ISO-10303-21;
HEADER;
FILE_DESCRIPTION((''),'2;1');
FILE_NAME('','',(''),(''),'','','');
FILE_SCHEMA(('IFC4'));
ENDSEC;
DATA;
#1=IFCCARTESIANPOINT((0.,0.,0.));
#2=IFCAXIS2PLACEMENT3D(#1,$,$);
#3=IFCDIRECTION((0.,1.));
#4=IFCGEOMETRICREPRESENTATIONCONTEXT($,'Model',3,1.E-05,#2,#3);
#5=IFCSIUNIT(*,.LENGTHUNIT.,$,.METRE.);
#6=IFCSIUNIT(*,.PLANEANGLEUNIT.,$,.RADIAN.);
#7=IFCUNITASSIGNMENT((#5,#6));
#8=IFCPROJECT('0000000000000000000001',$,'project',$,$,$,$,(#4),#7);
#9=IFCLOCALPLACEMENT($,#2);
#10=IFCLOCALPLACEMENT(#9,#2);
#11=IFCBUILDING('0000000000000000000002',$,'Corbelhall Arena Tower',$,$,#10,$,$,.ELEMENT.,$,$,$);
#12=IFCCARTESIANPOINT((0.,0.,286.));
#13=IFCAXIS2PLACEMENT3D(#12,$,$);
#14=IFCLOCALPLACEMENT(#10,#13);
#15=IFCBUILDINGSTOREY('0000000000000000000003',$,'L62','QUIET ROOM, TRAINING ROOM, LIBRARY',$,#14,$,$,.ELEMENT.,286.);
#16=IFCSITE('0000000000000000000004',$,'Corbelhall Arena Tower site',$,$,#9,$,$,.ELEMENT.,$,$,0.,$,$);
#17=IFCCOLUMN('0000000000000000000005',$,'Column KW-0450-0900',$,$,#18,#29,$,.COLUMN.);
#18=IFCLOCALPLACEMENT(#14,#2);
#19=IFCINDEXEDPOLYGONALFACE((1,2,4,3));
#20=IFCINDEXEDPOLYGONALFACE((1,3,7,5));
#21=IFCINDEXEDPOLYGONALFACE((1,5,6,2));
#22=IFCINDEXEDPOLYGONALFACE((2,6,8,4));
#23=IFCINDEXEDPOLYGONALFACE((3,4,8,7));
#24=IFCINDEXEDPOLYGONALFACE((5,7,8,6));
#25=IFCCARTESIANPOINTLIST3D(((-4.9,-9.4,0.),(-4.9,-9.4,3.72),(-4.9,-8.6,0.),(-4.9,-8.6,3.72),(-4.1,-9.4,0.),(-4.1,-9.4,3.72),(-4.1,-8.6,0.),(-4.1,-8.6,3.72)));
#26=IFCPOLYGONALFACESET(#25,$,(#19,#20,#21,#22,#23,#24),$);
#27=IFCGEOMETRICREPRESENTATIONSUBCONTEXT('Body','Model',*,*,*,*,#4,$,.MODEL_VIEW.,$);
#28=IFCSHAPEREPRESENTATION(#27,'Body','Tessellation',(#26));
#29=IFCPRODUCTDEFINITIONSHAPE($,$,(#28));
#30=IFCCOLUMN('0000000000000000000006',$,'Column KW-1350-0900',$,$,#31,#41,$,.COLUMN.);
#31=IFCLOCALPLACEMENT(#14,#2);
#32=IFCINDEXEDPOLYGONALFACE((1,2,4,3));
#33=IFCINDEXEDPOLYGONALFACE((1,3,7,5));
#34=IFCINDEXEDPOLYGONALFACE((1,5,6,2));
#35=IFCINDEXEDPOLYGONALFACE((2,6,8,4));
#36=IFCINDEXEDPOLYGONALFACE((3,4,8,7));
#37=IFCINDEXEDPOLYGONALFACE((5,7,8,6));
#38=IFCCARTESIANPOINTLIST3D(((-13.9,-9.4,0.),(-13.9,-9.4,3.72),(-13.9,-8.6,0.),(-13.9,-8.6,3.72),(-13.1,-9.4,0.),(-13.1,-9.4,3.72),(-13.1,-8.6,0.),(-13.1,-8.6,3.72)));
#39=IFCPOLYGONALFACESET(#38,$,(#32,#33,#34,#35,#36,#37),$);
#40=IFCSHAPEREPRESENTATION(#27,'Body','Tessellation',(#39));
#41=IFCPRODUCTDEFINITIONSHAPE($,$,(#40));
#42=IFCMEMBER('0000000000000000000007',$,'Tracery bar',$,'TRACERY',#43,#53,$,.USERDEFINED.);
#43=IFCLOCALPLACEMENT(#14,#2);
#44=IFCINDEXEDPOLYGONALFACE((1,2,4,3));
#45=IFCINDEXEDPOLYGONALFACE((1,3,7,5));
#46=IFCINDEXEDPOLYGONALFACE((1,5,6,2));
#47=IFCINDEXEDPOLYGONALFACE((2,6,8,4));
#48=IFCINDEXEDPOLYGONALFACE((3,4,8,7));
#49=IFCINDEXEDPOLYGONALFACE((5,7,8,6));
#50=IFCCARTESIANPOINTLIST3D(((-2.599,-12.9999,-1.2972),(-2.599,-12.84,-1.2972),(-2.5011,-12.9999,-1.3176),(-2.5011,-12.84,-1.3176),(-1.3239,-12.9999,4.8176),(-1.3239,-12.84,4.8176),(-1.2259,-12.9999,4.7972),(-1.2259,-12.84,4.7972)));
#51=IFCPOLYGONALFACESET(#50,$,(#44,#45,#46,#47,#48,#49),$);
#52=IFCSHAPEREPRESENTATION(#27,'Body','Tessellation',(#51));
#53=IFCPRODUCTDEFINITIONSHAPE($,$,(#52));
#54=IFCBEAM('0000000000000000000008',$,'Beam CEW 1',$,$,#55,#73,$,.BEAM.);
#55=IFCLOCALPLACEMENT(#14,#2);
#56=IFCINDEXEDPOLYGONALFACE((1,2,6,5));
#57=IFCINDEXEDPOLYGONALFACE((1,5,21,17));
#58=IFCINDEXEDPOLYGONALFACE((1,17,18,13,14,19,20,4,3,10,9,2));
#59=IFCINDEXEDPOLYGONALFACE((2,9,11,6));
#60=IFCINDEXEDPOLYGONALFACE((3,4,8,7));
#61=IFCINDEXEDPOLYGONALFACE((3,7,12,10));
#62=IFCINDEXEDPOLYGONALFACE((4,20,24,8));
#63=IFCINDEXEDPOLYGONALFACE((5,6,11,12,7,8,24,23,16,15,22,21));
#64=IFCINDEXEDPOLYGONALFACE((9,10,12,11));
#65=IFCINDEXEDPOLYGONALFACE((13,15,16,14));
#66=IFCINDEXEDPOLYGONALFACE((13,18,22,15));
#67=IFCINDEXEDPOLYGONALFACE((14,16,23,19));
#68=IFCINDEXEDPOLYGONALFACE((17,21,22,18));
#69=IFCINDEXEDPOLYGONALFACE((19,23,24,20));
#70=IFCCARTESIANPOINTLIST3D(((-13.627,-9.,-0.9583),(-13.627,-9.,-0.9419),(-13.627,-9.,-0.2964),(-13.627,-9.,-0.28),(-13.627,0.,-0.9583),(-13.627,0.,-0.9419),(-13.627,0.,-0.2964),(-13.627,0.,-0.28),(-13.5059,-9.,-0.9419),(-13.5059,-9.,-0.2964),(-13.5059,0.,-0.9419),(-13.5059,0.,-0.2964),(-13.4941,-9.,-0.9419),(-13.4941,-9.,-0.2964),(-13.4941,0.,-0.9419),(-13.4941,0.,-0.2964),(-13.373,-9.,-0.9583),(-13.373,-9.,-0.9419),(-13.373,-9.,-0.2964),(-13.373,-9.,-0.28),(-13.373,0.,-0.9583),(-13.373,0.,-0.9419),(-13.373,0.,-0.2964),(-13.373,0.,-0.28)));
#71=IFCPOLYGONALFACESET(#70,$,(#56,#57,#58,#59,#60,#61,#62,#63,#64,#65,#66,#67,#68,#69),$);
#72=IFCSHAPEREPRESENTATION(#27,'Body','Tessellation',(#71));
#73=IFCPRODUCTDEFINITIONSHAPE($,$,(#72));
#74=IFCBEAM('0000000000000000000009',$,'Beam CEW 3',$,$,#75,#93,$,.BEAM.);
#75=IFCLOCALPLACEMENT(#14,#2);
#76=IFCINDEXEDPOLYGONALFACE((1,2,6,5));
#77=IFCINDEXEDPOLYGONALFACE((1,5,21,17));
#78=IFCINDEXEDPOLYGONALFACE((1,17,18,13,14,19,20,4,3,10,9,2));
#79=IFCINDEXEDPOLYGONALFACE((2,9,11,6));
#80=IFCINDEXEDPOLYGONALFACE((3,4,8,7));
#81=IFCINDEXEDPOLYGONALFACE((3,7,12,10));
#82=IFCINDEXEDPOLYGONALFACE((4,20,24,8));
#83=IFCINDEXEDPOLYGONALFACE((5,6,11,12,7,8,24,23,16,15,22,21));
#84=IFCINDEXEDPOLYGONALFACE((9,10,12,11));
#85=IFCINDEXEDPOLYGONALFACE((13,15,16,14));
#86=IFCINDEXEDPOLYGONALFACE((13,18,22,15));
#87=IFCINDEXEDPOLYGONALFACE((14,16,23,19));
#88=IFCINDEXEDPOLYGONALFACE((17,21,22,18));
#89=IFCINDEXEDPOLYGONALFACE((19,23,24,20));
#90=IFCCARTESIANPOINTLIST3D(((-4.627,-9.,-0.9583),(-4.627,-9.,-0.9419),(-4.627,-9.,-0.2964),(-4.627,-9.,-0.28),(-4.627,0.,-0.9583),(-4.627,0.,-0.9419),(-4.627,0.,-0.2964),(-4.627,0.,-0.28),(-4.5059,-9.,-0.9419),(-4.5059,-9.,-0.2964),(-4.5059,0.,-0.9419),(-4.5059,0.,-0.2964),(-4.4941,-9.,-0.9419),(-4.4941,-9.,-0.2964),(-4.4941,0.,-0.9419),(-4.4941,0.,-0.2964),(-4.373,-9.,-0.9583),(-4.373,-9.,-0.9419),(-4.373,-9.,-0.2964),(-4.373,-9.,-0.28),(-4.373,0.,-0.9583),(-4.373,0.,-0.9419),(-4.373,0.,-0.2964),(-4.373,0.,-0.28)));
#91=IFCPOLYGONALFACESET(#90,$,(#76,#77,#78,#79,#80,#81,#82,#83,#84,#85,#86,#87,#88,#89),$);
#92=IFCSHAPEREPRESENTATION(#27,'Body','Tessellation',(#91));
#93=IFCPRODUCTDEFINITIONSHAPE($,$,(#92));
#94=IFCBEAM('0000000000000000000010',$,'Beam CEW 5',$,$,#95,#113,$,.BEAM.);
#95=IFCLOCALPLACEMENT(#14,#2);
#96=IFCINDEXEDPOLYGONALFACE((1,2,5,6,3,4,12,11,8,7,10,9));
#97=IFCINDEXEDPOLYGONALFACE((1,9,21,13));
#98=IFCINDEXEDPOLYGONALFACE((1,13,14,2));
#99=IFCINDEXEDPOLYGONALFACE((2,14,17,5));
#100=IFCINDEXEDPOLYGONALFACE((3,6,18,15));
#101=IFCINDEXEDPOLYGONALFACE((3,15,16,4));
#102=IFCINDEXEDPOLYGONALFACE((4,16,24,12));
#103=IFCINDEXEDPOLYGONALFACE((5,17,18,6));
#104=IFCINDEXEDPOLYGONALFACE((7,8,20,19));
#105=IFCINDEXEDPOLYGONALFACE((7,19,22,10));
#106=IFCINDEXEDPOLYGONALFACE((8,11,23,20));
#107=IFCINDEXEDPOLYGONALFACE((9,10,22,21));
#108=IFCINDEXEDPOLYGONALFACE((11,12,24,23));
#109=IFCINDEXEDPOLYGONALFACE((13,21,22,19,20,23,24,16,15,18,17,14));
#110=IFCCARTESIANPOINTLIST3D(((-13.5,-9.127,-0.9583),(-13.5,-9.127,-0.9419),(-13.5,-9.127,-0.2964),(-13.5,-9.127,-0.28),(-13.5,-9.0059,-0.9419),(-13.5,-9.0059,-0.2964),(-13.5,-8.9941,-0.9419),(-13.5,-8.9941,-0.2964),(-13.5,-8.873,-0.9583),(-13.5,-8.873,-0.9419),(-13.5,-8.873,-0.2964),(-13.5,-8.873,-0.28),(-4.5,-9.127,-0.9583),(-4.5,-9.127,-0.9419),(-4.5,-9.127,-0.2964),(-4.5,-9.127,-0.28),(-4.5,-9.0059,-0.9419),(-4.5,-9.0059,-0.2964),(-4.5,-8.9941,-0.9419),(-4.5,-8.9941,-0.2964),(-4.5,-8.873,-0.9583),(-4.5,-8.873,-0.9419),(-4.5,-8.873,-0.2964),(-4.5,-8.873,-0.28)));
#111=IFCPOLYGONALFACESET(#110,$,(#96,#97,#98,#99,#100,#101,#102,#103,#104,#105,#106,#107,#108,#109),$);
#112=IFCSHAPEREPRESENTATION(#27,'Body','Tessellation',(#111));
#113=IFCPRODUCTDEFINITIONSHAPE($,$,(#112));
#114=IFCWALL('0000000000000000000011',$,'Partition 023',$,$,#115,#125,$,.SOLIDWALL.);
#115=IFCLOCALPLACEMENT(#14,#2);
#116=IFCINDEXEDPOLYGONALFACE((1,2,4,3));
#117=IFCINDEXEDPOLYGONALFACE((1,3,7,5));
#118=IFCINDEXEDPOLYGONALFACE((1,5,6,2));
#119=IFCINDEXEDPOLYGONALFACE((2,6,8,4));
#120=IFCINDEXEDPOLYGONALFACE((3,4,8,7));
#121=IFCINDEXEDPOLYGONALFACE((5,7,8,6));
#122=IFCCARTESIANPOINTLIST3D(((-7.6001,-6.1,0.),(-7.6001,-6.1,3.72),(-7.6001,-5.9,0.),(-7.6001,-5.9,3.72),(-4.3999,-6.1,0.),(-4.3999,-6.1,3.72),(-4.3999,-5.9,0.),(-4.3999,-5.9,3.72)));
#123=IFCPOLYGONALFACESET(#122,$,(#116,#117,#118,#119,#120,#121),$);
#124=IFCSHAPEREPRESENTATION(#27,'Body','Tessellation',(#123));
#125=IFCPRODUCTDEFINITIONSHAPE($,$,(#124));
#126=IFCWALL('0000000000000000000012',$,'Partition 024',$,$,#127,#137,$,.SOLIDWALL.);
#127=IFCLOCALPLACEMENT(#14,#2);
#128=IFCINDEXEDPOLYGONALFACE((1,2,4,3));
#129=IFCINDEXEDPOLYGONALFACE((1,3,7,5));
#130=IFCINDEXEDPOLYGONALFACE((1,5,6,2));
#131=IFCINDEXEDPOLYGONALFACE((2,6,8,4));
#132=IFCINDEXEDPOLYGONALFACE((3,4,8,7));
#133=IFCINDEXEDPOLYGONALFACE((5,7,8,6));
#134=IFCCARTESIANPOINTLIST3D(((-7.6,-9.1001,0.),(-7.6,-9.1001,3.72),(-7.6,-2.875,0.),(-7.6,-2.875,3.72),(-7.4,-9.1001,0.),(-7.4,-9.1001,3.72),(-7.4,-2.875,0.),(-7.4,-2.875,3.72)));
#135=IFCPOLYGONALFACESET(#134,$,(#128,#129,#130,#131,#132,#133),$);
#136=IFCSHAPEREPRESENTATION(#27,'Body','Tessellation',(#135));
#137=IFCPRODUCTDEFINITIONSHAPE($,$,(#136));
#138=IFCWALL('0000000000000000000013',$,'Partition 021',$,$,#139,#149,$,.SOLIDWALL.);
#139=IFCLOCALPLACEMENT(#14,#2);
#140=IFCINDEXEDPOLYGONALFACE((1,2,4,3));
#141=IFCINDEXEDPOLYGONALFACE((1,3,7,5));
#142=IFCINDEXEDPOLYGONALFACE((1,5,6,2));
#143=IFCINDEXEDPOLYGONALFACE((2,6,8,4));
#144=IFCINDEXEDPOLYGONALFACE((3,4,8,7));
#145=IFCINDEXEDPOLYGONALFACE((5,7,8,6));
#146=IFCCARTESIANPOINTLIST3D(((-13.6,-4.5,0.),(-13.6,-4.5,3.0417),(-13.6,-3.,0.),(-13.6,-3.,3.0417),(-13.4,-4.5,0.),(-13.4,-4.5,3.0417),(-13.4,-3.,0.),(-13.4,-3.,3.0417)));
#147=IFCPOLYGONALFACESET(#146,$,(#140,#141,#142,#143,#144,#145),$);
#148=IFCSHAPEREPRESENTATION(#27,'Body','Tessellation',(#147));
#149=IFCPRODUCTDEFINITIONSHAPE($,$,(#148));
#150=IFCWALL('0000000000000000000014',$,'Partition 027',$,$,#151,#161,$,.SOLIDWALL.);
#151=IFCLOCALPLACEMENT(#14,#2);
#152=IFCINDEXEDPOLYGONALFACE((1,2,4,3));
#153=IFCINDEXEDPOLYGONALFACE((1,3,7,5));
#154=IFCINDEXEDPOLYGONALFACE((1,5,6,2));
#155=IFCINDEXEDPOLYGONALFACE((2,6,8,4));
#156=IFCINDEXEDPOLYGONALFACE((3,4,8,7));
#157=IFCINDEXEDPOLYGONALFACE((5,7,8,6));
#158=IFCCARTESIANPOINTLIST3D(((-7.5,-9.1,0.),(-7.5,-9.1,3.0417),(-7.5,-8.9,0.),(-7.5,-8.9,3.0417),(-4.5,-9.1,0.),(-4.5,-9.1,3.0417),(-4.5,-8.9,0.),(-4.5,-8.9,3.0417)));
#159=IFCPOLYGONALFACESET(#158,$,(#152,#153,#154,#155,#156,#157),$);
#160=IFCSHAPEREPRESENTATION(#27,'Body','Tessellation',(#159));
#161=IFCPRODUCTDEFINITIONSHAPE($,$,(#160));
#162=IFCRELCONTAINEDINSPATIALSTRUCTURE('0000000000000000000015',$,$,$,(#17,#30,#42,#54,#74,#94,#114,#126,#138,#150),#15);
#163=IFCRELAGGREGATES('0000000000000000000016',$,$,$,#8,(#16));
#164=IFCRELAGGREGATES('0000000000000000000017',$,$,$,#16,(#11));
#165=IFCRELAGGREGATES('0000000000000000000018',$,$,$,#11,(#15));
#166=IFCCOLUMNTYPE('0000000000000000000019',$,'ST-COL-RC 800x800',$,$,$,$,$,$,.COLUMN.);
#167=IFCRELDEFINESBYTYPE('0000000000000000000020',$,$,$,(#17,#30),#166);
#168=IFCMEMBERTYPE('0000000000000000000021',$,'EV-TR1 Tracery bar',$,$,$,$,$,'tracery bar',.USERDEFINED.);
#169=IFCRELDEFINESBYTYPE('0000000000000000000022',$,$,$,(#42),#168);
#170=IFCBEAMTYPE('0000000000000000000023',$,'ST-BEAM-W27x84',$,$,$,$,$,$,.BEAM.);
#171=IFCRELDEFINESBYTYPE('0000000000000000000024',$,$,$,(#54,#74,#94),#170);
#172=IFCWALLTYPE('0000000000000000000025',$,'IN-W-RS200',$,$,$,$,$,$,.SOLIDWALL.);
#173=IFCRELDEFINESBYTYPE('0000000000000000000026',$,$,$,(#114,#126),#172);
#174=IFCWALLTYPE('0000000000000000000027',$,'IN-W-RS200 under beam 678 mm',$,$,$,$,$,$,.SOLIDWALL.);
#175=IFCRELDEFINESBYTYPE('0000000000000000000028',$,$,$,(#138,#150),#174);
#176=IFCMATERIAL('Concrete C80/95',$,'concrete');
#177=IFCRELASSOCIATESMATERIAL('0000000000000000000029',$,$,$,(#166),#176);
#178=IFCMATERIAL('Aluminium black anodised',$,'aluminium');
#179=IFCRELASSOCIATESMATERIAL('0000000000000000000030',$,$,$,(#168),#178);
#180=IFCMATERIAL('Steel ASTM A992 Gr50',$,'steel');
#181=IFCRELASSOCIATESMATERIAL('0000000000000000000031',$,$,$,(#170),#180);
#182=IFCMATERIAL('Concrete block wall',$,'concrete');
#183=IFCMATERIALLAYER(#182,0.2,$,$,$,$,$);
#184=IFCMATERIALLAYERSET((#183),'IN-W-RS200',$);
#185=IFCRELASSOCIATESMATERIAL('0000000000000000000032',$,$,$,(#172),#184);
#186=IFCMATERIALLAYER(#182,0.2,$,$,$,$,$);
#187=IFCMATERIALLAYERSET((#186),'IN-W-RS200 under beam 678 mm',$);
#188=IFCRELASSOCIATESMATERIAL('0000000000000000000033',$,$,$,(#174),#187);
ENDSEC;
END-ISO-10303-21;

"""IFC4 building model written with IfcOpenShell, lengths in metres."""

from ifc_helpers import new_model, si_unit, direction, frame, frame_2d, origin, origin_2d, place, context, subcontext, project, spatial, rectangle, i_section, extrude, material, layer, layer_set, material_profile, profile_set, type_object, element, save


model = new_model("IFC4")

# Units and contexts
model_context = context("Model", 3, precision=1e-05, world=origin(), true_north=direction((0.0, 1.0)))
body_context = subcontext(model_context, "Body", "Model", "MODEL_VIEW")
ifc_project = project(units=[si_unit("LENGTHUNIT", "METRE"), si_unit("PLANEANGLEUNIT", "RADIAN")], contexts=[model_context])

# Site, building, storey
site_placement = place(None, origin())
site = spatial("IfcSite", under=ifc_project, at=site_placement, Name="Corbelhall Arena Tower site", CompositionType="ELEMENT", RefElevation=0.0)
building_placement = place(site_placement, origin())
building = spatial("IfcBuilding", under=site, at=building_placement, Name="Corbelhall Arena Tower", CompositionType="ELEMENT")
storey_placement = place(building_placement, frame((0.0, 0.0, 286.0)))
storey = spatial("IfcBuildingStorey", under=building, at=storey_placement, Name="L62", Description="QUIET ROOM, TRAINING ROOM, LIBRARY", CompositionType="ELEMENT", Elevation=286.0)

# Columns
ifc_material_1 = material(Name="Concrete C80/95", Category="concrete")
ifc_material_profile_1 = material_profile(ifc_material_1, rectangle(XDim=0.8, YDim=0.8, at=origin_2d()))
ifc_profile_set_1 = profile_set([ifc_material_profile_1], Name="Concrete C80/95")
column_type = type_object("IfcColumnType", Name="ST-COL-RC 800x800", PredefinedType="COLUMN", material=ifc_profile_set_1)
for number, where, z_axis, x_axis, name in (
    (1, (-4.5, -9.0, 0.0), (0.0, 0.0, 1.0), (1.0, 0.0, 0.0), "Column KW-0450-0900"),
    (2, (-13.5, -9.0, 0.0), (0.0, 0.0, 1.0), (1.0, 0.0, 0.0), "Column KW-1350-0900"),
):
    element("IfcColumn", number, at=place(storey_placement, frame(where, z_axis=z_axis, x_axis=x_axis)), inside=storey, type_object=column_type, Name=name, PredefinedType="COLUMN", context=body_context, shape_type="SweptSolid", body=[
        extrude(rectangle(XDim=0.8, YDim=0.8, at=origin_2d()), origin(), (0.0, 0.0, 1.0), 3.72),
    ])

# Member
ifc_material_2 = material(Name="Aluminium black anodised", Category="aluminium")
ifc_material_profile_2 = material_profile(ifc_material_2, rectangle(XDim=0.1599, YDim=0.1001, at=origin_2d()))
ifc_profile_set_2 = profile_set([ifc_material_profile_2], Name="Aluminium black anodised")
member_type = type_object("IfcMemberType", Name="EV-TR1 Tracery bar", ElementType="tracery bar", PredefinedType="USERDEFINED", material=ifc_profile_set_2)
member_placement = place(storey_placement, frame((-2.55, -12.9199, -1.3074), z_axis=(0.204145, 0.0, 0.978941), x_axis=(0.0, 1.0, 0.0)))
element("IfcMember", 3, at=member_placement, inside=storey, type_object=member_type, Name="Tracery bar", ObjectType="TRACERY", PredefinedType="USERDEFINED", context=body_context, shape_type="SweptSolid", body=[
    extrude(rectangle(XDim=0.1599, YDim=0.1001, at=origin_2d()), origin(), (0.0, 0.0, 1.0), 6.2463),
])

# Beams
ifc_material_3 = material(Name="Steel ASTM A992 Gr50", Category="steel")
ifc_material_profile_3 = material_profile(ifc_material_3, i_section(OverallWidth=0.2539, OverallDepth=0.6782, WebThickness=0.0117, FlangeThickness=0.0164, at=origin_2d()))
ifc_profile_set_3 = profile_set([ifc_material_profile_3], Name="Steel ASTM A992 Gr50")
beam_type = type_object("IfcBeamType", Name="ST-BEAM-W27x84", PredefinedType="BEAM", material=ifc_profile_set_3)
for number, where, z_axis, x_axis, name in (
    (4, (-13.5, -9.0, -0.6191), (0.0, 1.0, 0.0), (-1.0, 0.0, 0.0), "Beam CEW 1"),
    (5, (-4.5, -9.0, -0.6191), (0.0, 1.0, 0.0), (-1.0, 0.0, 0.0), "Beam CEW 3"),
    (6, (-13.5, -9.0, -0.6191), (1.0, 0.0, 0.0), (0.0, 1.0, 0.0), "Beam CEW 5"),
):
    element("IfcBeam", number, at=place(storey_placement, frame(where, z_axis=z_axis, x_axis=x_axis)), inside=storey, type_object=beam_type, Name=name, PredefinedType="BEAM", context=body_context, shape_type="SweptSolid", body=[
        extrude(i_section(OverallWidth=0.2539, OverallDepth=0.6782, WebThickness=0.0117, FlangeThickness=0.0164, at=origin_2d()), origin(), (0.0, 0.0, 1.0), 9.0),
    ])

# Shared definitions
ifc_material_4 = material(Name="Concrete block wall", Category="concrete")
ifc_layer_1 = layer(ifc_material_4, 0.2)
ifc_layer_set_1 = layer_set([ifc_layer_1], Name="IN-W-RS200")
wall_type_1 = type_object("IfcWallType", Name="IN-W-RS200", PredefinedType="SOLIDWALL", material=ifc_layer_set_1)

# Walls
wall_1_placement = place(storey_placement, frame((-7.6001, -6.0, 0.0), z_axis=(0.0, 0.0, 1.0), x_axis=(1.0, 0.0, 0.0)))
element("IfcWall", 7, at=wall_1_placement, inside=storey, type_object=wall_type_1, Name="Partition 023", PredefinedType="SOLIDWALL", context=body_context, shape_type="SweptSolid", body=[
    extrude(rectangle(XDim=3.2002, YDim=0.2, at=frame_2d((1.6001, 0.0))), origin(), (0.0, 0.0, 1.0), 3.72),
])
wall_2_placement = place(storey_placement, frame((-7.5, -9.1001, 0.0), z_axis=(0.0, 0.0, 1.0), x_axis=(0.0, 1.0, 0.0)))
element("IfcWall", 8, at=wall_2_placement, inside=storey, type_object=wall_type_1, Name="Partition 024", PredefinedType="SOLIDWALL", context=body_context, shape_type="SweptSolid", body=[
    extrude(rectangle(XDim=6.2251, YDim=0.2, at=frame_2d((3.1125, 0.0))), origin(), (0.0, 0.0, 1.0), 3.72),
])
ifc_layer_2 = layer(ifc_material_4, 0.2)
ifc_layer_set_2 = layer_set([ifc_layer_2], Name="IN-W-RS200 under beam 678 mm")
wall_type_2 = type_object("IfcWallType", Name="IN-W-RS200 under beam 678 mm", PredefinedType="SOLIDWALL", material=ifc_layer_set_2)
wall_3_placement = place(storey_placement, frame((-13.5, -4.5, 0.0), z_axis=(0.0, 0.0, 1.0), x_axis=(0.0, 1.0, 0.0)))
element("IfcWall", 9, at=wall_3_placement, inside=storey, type_object=wall_type_2, Name="Partition 021", PredefinedType="SOLIDWALL", context=body_context, shape_type="SweptSolid", body=[
    extrude(rectangle(XDim=1.5, YDim=0.2, at=frame_2d((0.75, 0.0))), origin(), (0.0, 0.0, 1.0), 3.0417),
])
wall_4_placement = place(storey_placement, frame((-4.5, -9.0, 0.0), z_axis=(0.0, 0.0, 1.0), x_axis=(-1.0, 0.0, 0.0)))
element("IfcWall", 10, at=wall_4_placement, inside=storey, type_object=wall_type_2, Name="Partition 027", PredefinedType="SOLIDWALL", context=body_context, shape_type="SweptSolid", body=[
    extrude(rectangle(XDim=3.0, YDim=0.2, at=frame_2d((1.5, 0.0))), origin(), (0.0, 0.0, 1.0), 3.0417),
])

save(model, "model.ifc")
